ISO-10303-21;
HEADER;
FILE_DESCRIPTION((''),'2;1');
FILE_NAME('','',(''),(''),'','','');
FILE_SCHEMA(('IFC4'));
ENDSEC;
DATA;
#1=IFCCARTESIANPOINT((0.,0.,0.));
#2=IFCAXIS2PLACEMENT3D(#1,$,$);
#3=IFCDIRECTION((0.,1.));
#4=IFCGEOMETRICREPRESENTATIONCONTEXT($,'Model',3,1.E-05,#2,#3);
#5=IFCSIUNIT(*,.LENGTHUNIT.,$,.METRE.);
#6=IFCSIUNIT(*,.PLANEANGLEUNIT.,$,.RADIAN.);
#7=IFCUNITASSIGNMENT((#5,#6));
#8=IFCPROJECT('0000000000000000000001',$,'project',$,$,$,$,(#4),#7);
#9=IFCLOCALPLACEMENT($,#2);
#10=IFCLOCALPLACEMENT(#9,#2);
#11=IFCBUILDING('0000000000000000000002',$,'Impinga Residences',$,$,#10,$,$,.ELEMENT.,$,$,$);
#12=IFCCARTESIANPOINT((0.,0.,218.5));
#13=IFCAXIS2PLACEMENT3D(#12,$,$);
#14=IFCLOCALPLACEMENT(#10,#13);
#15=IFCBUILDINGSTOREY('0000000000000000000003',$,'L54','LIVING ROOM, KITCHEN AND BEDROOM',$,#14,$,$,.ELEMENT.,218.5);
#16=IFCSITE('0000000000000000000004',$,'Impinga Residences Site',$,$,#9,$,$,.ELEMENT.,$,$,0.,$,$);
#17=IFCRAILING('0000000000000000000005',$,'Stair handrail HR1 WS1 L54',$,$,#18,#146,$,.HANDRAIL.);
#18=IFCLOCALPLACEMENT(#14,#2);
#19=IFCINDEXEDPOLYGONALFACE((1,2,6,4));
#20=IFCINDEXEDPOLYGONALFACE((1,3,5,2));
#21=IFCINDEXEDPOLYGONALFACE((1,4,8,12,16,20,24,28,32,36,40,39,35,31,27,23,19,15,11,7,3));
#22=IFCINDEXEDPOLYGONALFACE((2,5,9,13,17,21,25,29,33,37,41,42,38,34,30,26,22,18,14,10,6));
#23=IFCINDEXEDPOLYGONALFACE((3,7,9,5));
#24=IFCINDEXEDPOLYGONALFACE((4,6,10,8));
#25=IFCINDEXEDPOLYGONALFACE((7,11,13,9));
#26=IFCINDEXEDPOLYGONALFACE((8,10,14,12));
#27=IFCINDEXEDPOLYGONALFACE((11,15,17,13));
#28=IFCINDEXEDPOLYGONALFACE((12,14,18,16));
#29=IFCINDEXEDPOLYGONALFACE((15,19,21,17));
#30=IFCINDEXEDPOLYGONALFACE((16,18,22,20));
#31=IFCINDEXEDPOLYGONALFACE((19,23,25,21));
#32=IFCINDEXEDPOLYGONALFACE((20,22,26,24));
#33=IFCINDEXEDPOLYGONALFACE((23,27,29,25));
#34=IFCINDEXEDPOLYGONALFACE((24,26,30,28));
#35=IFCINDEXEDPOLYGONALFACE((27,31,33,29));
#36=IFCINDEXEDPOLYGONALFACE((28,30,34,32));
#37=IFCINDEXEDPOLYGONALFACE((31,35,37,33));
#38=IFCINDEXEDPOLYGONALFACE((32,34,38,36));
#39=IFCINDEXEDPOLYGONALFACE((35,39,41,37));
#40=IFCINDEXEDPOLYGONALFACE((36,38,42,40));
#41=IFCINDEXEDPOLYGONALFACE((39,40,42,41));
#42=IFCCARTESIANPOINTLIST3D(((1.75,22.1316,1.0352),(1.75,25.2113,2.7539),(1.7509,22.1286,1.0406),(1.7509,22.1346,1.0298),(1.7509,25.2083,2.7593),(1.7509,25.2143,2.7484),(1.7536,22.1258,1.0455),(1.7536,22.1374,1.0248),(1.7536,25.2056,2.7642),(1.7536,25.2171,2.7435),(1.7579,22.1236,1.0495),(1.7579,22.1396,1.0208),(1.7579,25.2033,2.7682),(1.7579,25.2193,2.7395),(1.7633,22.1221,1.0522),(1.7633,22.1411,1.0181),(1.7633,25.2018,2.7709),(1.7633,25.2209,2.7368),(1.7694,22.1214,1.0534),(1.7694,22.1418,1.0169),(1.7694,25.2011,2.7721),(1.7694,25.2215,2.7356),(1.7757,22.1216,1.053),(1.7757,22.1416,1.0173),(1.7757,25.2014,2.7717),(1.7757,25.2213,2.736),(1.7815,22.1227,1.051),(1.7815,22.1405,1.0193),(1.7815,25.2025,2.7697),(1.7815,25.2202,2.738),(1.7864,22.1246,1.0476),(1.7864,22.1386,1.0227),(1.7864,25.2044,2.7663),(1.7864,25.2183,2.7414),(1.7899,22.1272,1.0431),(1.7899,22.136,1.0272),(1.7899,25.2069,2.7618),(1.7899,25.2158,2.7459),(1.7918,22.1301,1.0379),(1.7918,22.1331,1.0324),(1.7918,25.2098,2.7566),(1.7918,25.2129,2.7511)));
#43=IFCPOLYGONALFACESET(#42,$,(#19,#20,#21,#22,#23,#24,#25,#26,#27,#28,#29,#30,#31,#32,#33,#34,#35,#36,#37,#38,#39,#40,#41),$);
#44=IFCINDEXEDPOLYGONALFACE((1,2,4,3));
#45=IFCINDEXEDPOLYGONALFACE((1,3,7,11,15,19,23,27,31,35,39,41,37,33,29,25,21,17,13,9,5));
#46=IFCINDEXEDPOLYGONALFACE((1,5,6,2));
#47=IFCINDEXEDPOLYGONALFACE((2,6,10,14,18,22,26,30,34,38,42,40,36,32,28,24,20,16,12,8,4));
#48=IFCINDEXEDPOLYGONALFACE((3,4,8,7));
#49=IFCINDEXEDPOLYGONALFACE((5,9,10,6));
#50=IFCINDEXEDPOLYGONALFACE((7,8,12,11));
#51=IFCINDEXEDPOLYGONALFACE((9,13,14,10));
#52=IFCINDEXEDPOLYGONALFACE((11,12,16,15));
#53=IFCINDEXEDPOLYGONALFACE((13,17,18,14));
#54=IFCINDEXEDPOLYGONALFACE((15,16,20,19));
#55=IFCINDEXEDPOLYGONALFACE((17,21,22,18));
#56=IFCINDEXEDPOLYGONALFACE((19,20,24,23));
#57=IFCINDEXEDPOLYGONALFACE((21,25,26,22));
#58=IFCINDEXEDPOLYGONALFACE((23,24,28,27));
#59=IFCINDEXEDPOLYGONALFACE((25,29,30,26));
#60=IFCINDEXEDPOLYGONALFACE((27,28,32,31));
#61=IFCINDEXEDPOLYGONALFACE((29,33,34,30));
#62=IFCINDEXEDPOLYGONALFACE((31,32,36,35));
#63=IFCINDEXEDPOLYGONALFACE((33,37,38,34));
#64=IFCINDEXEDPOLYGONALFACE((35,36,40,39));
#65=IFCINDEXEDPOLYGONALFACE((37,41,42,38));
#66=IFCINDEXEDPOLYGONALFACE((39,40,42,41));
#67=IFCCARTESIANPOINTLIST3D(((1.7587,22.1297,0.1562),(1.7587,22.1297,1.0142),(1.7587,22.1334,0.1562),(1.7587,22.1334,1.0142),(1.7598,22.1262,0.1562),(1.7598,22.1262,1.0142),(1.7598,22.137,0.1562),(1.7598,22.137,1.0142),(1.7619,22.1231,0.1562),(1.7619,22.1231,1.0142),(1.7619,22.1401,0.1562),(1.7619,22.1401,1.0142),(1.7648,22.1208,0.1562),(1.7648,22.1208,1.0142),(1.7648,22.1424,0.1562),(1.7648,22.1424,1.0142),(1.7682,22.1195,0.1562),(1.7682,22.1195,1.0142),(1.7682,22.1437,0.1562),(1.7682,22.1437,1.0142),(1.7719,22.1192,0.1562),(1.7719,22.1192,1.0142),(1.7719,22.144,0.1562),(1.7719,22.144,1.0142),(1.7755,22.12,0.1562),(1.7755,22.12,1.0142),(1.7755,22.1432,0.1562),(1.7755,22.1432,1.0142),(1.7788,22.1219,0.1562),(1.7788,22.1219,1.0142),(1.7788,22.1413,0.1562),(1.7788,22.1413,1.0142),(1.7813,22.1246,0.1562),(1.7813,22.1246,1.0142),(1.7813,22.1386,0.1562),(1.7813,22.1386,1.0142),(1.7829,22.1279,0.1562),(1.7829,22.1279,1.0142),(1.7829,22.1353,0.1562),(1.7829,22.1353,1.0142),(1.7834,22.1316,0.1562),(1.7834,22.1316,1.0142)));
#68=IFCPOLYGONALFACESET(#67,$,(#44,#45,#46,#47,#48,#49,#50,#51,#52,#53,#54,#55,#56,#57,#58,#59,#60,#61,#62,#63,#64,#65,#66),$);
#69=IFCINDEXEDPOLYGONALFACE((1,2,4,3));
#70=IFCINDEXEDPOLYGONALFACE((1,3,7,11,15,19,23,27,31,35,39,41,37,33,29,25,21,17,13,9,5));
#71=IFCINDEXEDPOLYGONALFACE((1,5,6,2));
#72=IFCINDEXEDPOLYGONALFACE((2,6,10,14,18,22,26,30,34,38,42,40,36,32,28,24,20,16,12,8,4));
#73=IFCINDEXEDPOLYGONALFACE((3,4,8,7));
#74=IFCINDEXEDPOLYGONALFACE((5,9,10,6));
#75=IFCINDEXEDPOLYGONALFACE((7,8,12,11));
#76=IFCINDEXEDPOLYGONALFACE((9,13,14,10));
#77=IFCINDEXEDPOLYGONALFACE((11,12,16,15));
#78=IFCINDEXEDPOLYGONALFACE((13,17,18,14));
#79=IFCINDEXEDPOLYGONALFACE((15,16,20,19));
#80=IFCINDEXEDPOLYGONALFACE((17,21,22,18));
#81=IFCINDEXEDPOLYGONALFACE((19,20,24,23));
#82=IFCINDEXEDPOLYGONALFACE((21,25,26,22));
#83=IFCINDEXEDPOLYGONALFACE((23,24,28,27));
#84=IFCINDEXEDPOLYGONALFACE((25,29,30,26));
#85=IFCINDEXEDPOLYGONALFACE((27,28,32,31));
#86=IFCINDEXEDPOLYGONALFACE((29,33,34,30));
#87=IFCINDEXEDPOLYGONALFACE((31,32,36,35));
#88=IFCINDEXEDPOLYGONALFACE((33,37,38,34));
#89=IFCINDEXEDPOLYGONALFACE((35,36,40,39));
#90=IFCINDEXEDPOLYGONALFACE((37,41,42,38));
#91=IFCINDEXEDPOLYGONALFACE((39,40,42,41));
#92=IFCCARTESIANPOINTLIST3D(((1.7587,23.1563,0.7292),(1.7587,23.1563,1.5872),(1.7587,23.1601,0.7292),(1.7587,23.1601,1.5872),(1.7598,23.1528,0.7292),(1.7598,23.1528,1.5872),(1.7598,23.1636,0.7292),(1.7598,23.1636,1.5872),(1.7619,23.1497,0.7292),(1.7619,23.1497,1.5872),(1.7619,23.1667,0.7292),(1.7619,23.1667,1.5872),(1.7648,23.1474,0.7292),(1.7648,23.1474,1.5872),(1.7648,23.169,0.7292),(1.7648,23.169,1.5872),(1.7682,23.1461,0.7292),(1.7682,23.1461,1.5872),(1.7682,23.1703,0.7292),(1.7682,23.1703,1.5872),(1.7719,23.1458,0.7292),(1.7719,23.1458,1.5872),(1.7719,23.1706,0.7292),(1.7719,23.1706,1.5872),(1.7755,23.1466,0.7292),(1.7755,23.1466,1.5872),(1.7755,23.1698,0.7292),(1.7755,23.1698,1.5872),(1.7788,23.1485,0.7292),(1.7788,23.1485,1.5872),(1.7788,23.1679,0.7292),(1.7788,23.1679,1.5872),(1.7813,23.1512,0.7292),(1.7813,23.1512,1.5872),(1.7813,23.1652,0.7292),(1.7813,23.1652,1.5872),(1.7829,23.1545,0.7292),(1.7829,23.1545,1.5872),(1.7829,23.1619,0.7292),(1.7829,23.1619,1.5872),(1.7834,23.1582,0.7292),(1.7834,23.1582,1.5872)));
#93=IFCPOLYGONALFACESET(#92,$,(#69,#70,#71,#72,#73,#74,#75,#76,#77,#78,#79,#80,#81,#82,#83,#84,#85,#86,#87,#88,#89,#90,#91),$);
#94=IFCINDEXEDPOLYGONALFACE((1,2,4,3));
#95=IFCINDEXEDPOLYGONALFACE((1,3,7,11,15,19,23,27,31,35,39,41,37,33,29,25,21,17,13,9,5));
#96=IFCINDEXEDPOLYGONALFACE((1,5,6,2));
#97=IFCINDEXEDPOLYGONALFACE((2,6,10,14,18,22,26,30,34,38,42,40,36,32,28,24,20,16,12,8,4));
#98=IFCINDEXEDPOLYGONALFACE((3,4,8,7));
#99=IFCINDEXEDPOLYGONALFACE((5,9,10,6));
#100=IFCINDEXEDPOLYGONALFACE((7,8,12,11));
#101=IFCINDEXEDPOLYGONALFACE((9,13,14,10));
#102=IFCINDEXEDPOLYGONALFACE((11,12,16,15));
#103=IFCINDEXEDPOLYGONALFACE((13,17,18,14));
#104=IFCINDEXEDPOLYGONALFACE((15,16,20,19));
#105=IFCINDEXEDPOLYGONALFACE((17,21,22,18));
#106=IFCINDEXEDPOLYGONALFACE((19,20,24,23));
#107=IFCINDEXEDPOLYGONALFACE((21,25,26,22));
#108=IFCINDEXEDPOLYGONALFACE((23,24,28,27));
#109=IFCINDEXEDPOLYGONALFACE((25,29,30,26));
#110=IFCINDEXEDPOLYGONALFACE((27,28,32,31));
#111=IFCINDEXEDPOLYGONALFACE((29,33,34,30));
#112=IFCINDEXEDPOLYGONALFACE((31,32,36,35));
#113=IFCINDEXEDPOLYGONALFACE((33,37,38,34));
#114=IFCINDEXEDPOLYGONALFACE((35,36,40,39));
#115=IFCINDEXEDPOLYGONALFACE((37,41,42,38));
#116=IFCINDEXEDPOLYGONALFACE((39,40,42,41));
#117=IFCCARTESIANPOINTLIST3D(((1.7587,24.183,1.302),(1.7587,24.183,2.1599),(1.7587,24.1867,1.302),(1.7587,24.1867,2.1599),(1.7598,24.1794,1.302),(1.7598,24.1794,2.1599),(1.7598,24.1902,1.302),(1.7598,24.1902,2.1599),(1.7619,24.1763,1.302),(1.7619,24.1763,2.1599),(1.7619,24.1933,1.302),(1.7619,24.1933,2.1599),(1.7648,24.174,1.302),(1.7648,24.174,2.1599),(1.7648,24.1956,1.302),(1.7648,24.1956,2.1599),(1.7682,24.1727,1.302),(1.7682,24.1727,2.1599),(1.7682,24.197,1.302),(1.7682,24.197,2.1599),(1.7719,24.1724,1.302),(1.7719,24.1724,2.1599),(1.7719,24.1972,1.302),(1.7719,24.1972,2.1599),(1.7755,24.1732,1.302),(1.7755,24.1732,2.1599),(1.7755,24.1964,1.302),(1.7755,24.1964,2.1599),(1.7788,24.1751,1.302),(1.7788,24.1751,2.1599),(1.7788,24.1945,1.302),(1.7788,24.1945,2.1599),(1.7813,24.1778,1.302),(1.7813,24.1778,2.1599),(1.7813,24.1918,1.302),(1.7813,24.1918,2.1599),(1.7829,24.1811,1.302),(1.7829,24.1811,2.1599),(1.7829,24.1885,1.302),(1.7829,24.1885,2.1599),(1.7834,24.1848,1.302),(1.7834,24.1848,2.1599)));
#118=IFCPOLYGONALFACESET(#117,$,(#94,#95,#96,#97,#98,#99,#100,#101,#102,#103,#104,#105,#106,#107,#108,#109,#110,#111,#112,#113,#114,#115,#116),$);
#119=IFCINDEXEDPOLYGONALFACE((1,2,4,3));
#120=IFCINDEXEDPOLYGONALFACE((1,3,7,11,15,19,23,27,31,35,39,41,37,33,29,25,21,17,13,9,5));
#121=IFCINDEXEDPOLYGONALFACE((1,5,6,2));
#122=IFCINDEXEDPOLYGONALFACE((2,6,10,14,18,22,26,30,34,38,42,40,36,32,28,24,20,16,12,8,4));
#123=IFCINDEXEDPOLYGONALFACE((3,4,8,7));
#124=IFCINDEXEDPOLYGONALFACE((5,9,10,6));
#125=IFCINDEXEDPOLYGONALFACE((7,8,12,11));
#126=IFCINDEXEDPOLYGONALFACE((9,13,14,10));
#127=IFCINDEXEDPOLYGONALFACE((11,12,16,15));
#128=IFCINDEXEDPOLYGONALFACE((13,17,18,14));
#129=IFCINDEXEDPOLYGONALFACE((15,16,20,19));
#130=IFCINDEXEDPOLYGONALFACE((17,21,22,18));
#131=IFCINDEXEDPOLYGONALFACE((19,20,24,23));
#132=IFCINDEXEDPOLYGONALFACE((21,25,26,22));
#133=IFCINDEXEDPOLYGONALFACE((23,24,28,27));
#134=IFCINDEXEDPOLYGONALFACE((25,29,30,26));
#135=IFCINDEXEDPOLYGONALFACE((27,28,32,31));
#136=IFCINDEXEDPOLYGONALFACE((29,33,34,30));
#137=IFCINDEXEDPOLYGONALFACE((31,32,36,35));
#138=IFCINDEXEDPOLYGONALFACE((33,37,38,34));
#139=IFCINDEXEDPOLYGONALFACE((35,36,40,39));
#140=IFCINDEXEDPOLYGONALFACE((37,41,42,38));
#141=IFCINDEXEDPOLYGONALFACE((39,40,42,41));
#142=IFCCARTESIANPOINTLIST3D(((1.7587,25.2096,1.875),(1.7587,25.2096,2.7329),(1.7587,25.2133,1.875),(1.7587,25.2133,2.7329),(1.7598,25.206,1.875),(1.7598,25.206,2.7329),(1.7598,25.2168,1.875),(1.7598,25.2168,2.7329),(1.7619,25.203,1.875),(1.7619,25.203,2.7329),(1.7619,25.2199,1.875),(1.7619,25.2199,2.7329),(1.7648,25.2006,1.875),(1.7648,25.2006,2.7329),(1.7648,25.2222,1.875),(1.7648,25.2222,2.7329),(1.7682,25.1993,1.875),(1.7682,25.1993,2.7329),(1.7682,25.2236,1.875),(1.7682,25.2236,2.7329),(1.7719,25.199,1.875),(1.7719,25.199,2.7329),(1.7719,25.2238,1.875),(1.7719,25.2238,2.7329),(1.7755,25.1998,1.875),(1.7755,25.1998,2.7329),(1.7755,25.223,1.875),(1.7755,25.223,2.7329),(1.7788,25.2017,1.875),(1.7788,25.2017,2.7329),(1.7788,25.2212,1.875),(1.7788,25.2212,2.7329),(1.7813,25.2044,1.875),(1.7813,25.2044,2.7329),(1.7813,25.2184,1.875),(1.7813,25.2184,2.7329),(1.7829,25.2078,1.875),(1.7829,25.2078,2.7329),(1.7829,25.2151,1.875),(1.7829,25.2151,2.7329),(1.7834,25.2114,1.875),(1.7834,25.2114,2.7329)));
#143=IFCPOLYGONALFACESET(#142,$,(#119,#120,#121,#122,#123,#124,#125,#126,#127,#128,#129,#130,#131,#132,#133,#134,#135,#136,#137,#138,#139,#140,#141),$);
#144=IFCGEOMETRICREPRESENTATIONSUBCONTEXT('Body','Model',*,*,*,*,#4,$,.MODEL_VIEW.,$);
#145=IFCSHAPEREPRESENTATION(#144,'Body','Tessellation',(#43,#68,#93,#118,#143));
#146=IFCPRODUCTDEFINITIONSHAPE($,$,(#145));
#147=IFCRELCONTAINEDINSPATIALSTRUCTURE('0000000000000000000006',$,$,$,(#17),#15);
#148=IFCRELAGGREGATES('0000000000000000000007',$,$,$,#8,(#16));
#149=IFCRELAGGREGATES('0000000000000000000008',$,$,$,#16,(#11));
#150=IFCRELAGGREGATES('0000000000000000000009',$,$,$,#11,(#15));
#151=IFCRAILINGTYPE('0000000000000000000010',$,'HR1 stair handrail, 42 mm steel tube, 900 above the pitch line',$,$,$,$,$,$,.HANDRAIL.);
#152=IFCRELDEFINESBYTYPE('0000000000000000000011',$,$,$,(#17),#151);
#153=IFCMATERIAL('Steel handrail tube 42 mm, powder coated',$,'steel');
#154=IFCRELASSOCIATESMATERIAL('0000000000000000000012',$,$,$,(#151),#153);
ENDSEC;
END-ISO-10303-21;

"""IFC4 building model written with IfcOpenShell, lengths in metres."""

from ifc_helpers import new_model, si_unit, direction, frame, origin, origin_2d, place, context, subcontext, project, spatial, circle, extrude, material, type_object, element, save


model = new_model("IFC4")

# Units and contexts
model_context = context("Model", 3, precision=1e-05, world=origin(), true_north=direction((0.0, 1.0)))
body_context = subcontext(model_context, "Body", "Model", "MODEL_VIEW")
ifc_project = project(units=[si_unit("LENGTHUNIT", "METRE"), si_unit("PLANEANGLEUNIT", "RADIAN")], contexts=[model_context])

# Site, building, storey
site_placement = place(None, origin())
site = spatial("IfcSite", under=ifc_project, at=site_placement, Name="Impinga Residences Site", CompositionType="ELEMENT", RefElevation=0.0)
building_placement = place(site_placement, origin())
building = spatial("IfcBuilding", under=site, at=building_placement, Name="Impinga Residences", CompositionType="ELEMENT")
storey_placement = place(building_placement, frame((0.0, 0.0, 218.5)))
storey = spatial("IfcBuildingStorey", under=building, at=storey_placement, Name="L54", Description="LIVING ROOM, KITCHEN AND BEDROOM", CompositionType="ELEMENT", Elevation=218.5)

# Railing
ifc_material_1 = material(Name="Steel handrail tube 42 mm, powder coated", Category="steel")
railing_type_1 = type_object("IfcRailingType", Name="HR1 stair handrail, 42 mm steel tube, 900 above the pitch line", PredefinedType="HANDRAIL", material=ifc_material_1)
railing_1_placement = place(storey_placement, frame((1.771, 22.1316, 0.1562)))
element("IfcRailing", 1, at=railing_1_placement, inside=storey, type_object=railing_type_1, Name="Stair handrail HR1 WS1 L54", PredefinedType="HANDRAIL", context=body_context, shape_type="SweptSolid", body=[
    extrude(circle(Radius=0.021, at=origin_2d()), frame((0.0, 0.0, 0.8789), z_axis=(0.0, 0.873225, 0.487317), x_axis=(-1.0, 0.0, 0.0)), (0.0, 0.0, 1.0), 3.5269),
    extrude(circle(Radius=0.0125, at=origin_2d()), origin(), (0.0, 0.0, 1.0), 0.8579),
    extrude(circle(Radius=0.0125, at=origin_2d()), frame((0.0, 1.0266, 0.573)), (0.0, 0.0, 1.0), 0.8579),
    extrude(circle(Radius=0.0125, at=origin_2d()), frame((0.0, 2.0532, 1.1458)), (0.0, 0.0, 1.0), 0.8579),
    extrude(circle(Radius=0.0125, at=origin_2d()), frame((0.0, 3.0798, 1.7188)), (0.0, 0.0, 1.0), 0.8579),
])

save(model, "model.ifc")
